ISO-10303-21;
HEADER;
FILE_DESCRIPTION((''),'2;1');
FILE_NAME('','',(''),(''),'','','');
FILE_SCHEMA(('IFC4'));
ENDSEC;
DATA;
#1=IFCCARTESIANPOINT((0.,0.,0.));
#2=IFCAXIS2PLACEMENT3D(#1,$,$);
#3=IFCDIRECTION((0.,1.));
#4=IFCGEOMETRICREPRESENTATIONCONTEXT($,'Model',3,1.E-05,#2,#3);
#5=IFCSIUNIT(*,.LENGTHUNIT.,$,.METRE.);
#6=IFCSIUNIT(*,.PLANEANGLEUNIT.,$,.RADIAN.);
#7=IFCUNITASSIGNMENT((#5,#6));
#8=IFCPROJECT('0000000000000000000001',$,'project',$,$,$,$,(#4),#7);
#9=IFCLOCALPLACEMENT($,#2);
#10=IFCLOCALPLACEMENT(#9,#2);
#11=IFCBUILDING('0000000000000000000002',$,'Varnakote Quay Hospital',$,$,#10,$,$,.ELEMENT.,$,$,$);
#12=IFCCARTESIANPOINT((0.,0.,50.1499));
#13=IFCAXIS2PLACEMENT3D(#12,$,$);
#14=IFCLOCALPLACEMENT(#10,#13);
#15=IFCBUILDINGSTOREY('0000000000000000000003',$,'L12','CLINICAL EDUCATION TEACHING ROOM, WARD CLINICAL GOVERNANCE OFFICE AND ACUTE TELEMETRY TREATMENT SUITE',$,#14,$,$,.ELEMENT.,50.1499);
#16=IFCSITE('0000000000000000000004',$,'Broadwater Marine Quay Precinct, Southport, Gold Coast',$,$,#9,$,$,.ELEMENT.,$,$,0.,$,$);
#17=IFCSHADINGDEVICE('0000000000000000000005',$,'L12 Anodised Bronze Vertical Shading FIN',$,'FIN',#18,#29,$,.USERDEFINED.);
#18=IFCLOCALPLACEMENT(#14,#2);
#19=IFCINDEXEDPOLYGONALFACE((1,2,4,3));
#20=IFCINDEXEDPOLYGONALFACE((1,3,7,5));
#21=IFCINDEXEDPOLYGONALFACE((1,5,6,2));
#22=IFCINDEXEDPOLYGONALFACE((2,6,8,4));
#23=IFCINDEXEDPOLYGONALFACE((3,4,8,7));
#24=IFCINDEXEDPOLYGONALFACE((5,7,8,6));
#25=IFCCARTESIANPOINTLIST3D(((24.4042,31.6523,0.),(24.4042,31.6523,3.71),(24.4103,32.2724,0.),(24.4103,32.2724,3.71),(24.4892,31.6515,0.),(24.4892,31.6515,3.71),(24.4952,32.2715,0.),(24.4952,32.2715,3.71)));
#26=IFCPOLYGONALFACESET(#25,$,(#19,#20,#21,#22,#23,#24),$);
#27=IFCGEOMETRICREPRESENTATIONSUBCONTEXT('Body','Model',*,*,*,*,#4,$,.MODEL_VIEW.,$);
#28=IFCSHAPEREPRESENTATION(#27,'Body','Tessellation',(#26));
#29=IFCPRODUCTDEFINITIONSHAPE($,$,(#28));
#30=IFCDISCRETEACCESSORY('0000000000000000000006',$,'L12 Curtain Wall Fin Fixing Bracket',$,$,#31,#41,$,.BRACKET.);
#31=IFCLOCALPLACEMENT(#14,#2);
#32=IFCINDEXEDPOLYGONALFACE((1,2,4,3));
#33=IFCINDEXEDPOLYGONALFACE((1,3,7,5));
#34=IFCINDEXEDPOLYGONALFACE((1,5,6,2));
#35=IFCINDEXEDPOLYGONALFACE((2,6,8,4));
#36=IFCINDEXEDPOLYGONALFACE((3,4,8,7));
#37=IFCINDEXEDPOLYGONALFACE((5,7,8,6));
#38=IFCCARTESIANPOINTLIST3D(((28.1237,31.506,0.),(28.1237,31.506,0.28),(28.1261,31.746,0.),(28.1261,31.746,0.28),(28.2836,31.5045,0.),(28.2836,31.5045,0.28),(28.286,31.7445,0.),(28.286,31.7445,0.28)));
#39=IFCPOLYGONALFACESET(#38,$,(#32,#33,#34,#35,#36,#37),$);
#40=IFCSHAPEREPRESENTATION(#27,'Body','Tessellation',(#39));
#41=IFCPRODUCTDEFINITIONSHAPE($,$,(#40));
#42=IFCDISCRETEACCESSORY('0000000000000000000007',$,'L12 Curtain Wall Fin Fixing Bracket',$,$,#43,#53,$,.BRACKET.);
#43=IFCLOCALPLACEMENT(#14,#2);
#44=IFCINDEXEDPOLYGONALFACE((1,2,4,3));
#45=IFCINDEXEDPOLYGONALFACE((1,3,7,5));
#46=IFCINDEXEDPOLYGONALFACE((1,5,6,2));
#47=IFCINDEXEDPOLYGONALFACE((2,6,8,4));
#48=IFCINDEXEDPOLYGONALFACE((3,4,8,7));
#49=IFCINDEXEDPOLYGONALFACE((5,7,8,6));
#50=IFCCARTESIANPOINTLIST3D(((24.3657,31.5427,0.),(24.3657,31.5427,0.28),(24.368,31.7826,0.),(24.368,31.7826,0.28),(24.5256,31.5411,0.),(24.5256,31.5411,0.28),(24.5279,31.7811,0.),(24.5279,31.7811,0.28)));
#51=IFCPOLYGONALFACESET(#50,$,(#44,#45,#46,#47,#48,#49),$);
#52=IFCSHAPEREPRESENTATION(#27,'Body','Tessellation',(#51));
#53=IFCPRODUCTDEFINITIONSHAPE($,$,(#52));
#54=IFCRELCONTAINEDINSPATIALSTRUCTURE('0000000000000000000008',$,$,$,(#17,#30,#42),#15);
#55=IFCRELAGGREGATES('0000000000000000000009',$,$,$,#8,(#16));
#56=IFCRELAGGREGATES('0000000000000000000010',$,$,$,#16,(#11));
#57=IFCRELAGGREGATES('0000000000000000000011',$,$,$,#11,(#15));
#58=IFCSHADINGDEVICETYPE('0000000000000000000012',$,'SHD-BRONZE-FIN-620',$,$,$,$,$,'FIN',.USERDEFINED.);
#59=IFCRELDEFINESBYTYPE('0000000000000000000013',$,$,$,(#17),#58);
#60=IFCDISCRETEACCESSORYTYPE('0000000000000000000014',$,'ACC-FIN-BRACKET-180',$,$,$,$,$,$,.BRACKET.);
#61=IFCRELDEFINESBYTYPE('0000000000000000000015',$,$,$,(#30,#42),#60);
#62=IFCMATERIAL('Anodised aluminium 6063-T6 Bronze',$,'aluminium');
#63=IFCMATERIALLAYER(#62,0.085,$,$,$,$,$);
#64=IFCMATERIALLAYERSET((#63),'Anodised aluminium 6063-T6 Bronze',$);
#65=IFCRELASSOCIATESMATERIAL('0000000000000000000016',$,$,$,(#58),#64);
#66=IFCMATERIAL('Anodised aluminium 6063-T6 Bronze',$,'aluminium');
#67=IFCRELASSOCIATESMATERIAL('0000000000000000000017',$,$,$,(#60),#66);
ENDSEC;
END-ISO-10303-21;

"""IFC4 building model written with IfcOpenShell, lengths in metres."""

from ifc_helpers import new_model, si_unit, direction, frame, origin, origin_2d, place, context, subcontext, project, spatial, rectangle, extrude, material, layer, layer_set, type_object, element, save


model = new_model("IFC4")

# Units and contexts
model_context = context("Model", 3, precision=1e-05, world=origin(), true_north=direction((0.0, 1.0)))
body_context = subcontext(model_context, "Body", "Model", "MODEL_VIEW")
ifc_project = project(units=[si_unit("LENGTHUNIT", "METRE"), si_unit("PLANEANGLEUNIT", "RADIAN")], contexts=[model_context])

# Site, building, storey
site_placement = place(None, origin())
site = spatial("IfcSite", under=ifc_project, at=site_placement, Name="Broadwater Marine Quay Precinct, Southport, Gold Coast", CompositionType="ELEMENT", RefElevation=0.0)
building_placement = place(site_placement, origin())
building = spatial("IfcBuilding", under=site, at=building_placement, Name="Varnakote Quay Hospital", CompositionType="ELEMENT")
storey_placement = place(building_placement, frame((0.0, 0.0, 50.1499)))
storey = spatial("IfcBuildingStorey", under=building, at=storey_placement, Name="L12", Description="CLINICAL EDUCATION TEACHING ROOM, WARD CLINICAL GOVERNANCE OFFICE AND ACUTE TELEMETRY TREATMENT SUITE", CompositionType="ELEMENT", Elevation=50.1499)

# Shading device
ifc_material_1 = material(Name="Anodised aluminium 6063-T6 Bronze", Category="aluminium")
ifc_layer_1 = layer(ifc_material_1, 0.085)
ifc_layer_set_1 = layer_set([ifc_layer_1], Name="Anodised aluminium 6063-T6 Bronze")
shading_device_type = type_object("IfcShadingDeviceType", Name="SHD-BRONZE-FIN-620", ElementType="FIN", PredefinedType="USERDEFINED", material=ifc_layer_set_1)
shading_device_placement = place(storey_placement, frame((24.4497, 31.9619, 0.0), z_axis=(0.0, 0.0, 1.0), x_axis=(-0.009774, -0.999952, 0.0)))
element("IfcShadingDevice", 1, at=shading_device_placement, inside=storey, type_object=shading_device_type, Name="L12 Anodised Bronze Vertical Shading FIN", ObjectType="FIN", PredefinedType="USERDEFINED", context=body_context, shape_type="SweptSolid", body=[
    extrude(rectangle(XDim=0.6201, YDim=0.085, at=origin_2d()), origin(), (0.0, 0.0, 1.0), 3.71),
])

# Discrete accessories
ifc_material_2 = material(Name="Anodised aluminium 6063-T6 Bronze", Category="aluminium")
discrete_accessory_type = type_object("IfcDiscreteAccessoryType", Name="ACC-FIN-BRACKET-180", PredefinedType="BRACKET", material=ifc_material_2)
for number, where, z_axis, x_axis, name in (
    (2, (28.2048, 31.6252, 0.0), (0.0, 0.0, 1.0), (-0.999952, 0.009774, 0.0), "L12 Curtain Wall Fin Fixing Bracket"),
    (3, (24.4468, 31.6619, 0.0), (0.0, 0.0, 1.0), (-0.999952, 0.009774, 0.0), "L12 Curtain Wall Fin Fixing Bracket"),
):
    element("IfcDiscreteAccessory", number, at=place(storey_placement, frame(where, z_axis=z_axis, x_axis=x_axis)), inside=storey, type_object=discrete_accessory_type, Name=name, PredefinedType="BRACKET", context=body_context, shape_type="SweptSolid", body=[
        extrude(rectangle(XDim=0.1599, YDim=0.24, at=origin_2d()), origin(), (0.0, 0.0, 1.0), 0.28),
    ])

save(model, "model.ifc")
